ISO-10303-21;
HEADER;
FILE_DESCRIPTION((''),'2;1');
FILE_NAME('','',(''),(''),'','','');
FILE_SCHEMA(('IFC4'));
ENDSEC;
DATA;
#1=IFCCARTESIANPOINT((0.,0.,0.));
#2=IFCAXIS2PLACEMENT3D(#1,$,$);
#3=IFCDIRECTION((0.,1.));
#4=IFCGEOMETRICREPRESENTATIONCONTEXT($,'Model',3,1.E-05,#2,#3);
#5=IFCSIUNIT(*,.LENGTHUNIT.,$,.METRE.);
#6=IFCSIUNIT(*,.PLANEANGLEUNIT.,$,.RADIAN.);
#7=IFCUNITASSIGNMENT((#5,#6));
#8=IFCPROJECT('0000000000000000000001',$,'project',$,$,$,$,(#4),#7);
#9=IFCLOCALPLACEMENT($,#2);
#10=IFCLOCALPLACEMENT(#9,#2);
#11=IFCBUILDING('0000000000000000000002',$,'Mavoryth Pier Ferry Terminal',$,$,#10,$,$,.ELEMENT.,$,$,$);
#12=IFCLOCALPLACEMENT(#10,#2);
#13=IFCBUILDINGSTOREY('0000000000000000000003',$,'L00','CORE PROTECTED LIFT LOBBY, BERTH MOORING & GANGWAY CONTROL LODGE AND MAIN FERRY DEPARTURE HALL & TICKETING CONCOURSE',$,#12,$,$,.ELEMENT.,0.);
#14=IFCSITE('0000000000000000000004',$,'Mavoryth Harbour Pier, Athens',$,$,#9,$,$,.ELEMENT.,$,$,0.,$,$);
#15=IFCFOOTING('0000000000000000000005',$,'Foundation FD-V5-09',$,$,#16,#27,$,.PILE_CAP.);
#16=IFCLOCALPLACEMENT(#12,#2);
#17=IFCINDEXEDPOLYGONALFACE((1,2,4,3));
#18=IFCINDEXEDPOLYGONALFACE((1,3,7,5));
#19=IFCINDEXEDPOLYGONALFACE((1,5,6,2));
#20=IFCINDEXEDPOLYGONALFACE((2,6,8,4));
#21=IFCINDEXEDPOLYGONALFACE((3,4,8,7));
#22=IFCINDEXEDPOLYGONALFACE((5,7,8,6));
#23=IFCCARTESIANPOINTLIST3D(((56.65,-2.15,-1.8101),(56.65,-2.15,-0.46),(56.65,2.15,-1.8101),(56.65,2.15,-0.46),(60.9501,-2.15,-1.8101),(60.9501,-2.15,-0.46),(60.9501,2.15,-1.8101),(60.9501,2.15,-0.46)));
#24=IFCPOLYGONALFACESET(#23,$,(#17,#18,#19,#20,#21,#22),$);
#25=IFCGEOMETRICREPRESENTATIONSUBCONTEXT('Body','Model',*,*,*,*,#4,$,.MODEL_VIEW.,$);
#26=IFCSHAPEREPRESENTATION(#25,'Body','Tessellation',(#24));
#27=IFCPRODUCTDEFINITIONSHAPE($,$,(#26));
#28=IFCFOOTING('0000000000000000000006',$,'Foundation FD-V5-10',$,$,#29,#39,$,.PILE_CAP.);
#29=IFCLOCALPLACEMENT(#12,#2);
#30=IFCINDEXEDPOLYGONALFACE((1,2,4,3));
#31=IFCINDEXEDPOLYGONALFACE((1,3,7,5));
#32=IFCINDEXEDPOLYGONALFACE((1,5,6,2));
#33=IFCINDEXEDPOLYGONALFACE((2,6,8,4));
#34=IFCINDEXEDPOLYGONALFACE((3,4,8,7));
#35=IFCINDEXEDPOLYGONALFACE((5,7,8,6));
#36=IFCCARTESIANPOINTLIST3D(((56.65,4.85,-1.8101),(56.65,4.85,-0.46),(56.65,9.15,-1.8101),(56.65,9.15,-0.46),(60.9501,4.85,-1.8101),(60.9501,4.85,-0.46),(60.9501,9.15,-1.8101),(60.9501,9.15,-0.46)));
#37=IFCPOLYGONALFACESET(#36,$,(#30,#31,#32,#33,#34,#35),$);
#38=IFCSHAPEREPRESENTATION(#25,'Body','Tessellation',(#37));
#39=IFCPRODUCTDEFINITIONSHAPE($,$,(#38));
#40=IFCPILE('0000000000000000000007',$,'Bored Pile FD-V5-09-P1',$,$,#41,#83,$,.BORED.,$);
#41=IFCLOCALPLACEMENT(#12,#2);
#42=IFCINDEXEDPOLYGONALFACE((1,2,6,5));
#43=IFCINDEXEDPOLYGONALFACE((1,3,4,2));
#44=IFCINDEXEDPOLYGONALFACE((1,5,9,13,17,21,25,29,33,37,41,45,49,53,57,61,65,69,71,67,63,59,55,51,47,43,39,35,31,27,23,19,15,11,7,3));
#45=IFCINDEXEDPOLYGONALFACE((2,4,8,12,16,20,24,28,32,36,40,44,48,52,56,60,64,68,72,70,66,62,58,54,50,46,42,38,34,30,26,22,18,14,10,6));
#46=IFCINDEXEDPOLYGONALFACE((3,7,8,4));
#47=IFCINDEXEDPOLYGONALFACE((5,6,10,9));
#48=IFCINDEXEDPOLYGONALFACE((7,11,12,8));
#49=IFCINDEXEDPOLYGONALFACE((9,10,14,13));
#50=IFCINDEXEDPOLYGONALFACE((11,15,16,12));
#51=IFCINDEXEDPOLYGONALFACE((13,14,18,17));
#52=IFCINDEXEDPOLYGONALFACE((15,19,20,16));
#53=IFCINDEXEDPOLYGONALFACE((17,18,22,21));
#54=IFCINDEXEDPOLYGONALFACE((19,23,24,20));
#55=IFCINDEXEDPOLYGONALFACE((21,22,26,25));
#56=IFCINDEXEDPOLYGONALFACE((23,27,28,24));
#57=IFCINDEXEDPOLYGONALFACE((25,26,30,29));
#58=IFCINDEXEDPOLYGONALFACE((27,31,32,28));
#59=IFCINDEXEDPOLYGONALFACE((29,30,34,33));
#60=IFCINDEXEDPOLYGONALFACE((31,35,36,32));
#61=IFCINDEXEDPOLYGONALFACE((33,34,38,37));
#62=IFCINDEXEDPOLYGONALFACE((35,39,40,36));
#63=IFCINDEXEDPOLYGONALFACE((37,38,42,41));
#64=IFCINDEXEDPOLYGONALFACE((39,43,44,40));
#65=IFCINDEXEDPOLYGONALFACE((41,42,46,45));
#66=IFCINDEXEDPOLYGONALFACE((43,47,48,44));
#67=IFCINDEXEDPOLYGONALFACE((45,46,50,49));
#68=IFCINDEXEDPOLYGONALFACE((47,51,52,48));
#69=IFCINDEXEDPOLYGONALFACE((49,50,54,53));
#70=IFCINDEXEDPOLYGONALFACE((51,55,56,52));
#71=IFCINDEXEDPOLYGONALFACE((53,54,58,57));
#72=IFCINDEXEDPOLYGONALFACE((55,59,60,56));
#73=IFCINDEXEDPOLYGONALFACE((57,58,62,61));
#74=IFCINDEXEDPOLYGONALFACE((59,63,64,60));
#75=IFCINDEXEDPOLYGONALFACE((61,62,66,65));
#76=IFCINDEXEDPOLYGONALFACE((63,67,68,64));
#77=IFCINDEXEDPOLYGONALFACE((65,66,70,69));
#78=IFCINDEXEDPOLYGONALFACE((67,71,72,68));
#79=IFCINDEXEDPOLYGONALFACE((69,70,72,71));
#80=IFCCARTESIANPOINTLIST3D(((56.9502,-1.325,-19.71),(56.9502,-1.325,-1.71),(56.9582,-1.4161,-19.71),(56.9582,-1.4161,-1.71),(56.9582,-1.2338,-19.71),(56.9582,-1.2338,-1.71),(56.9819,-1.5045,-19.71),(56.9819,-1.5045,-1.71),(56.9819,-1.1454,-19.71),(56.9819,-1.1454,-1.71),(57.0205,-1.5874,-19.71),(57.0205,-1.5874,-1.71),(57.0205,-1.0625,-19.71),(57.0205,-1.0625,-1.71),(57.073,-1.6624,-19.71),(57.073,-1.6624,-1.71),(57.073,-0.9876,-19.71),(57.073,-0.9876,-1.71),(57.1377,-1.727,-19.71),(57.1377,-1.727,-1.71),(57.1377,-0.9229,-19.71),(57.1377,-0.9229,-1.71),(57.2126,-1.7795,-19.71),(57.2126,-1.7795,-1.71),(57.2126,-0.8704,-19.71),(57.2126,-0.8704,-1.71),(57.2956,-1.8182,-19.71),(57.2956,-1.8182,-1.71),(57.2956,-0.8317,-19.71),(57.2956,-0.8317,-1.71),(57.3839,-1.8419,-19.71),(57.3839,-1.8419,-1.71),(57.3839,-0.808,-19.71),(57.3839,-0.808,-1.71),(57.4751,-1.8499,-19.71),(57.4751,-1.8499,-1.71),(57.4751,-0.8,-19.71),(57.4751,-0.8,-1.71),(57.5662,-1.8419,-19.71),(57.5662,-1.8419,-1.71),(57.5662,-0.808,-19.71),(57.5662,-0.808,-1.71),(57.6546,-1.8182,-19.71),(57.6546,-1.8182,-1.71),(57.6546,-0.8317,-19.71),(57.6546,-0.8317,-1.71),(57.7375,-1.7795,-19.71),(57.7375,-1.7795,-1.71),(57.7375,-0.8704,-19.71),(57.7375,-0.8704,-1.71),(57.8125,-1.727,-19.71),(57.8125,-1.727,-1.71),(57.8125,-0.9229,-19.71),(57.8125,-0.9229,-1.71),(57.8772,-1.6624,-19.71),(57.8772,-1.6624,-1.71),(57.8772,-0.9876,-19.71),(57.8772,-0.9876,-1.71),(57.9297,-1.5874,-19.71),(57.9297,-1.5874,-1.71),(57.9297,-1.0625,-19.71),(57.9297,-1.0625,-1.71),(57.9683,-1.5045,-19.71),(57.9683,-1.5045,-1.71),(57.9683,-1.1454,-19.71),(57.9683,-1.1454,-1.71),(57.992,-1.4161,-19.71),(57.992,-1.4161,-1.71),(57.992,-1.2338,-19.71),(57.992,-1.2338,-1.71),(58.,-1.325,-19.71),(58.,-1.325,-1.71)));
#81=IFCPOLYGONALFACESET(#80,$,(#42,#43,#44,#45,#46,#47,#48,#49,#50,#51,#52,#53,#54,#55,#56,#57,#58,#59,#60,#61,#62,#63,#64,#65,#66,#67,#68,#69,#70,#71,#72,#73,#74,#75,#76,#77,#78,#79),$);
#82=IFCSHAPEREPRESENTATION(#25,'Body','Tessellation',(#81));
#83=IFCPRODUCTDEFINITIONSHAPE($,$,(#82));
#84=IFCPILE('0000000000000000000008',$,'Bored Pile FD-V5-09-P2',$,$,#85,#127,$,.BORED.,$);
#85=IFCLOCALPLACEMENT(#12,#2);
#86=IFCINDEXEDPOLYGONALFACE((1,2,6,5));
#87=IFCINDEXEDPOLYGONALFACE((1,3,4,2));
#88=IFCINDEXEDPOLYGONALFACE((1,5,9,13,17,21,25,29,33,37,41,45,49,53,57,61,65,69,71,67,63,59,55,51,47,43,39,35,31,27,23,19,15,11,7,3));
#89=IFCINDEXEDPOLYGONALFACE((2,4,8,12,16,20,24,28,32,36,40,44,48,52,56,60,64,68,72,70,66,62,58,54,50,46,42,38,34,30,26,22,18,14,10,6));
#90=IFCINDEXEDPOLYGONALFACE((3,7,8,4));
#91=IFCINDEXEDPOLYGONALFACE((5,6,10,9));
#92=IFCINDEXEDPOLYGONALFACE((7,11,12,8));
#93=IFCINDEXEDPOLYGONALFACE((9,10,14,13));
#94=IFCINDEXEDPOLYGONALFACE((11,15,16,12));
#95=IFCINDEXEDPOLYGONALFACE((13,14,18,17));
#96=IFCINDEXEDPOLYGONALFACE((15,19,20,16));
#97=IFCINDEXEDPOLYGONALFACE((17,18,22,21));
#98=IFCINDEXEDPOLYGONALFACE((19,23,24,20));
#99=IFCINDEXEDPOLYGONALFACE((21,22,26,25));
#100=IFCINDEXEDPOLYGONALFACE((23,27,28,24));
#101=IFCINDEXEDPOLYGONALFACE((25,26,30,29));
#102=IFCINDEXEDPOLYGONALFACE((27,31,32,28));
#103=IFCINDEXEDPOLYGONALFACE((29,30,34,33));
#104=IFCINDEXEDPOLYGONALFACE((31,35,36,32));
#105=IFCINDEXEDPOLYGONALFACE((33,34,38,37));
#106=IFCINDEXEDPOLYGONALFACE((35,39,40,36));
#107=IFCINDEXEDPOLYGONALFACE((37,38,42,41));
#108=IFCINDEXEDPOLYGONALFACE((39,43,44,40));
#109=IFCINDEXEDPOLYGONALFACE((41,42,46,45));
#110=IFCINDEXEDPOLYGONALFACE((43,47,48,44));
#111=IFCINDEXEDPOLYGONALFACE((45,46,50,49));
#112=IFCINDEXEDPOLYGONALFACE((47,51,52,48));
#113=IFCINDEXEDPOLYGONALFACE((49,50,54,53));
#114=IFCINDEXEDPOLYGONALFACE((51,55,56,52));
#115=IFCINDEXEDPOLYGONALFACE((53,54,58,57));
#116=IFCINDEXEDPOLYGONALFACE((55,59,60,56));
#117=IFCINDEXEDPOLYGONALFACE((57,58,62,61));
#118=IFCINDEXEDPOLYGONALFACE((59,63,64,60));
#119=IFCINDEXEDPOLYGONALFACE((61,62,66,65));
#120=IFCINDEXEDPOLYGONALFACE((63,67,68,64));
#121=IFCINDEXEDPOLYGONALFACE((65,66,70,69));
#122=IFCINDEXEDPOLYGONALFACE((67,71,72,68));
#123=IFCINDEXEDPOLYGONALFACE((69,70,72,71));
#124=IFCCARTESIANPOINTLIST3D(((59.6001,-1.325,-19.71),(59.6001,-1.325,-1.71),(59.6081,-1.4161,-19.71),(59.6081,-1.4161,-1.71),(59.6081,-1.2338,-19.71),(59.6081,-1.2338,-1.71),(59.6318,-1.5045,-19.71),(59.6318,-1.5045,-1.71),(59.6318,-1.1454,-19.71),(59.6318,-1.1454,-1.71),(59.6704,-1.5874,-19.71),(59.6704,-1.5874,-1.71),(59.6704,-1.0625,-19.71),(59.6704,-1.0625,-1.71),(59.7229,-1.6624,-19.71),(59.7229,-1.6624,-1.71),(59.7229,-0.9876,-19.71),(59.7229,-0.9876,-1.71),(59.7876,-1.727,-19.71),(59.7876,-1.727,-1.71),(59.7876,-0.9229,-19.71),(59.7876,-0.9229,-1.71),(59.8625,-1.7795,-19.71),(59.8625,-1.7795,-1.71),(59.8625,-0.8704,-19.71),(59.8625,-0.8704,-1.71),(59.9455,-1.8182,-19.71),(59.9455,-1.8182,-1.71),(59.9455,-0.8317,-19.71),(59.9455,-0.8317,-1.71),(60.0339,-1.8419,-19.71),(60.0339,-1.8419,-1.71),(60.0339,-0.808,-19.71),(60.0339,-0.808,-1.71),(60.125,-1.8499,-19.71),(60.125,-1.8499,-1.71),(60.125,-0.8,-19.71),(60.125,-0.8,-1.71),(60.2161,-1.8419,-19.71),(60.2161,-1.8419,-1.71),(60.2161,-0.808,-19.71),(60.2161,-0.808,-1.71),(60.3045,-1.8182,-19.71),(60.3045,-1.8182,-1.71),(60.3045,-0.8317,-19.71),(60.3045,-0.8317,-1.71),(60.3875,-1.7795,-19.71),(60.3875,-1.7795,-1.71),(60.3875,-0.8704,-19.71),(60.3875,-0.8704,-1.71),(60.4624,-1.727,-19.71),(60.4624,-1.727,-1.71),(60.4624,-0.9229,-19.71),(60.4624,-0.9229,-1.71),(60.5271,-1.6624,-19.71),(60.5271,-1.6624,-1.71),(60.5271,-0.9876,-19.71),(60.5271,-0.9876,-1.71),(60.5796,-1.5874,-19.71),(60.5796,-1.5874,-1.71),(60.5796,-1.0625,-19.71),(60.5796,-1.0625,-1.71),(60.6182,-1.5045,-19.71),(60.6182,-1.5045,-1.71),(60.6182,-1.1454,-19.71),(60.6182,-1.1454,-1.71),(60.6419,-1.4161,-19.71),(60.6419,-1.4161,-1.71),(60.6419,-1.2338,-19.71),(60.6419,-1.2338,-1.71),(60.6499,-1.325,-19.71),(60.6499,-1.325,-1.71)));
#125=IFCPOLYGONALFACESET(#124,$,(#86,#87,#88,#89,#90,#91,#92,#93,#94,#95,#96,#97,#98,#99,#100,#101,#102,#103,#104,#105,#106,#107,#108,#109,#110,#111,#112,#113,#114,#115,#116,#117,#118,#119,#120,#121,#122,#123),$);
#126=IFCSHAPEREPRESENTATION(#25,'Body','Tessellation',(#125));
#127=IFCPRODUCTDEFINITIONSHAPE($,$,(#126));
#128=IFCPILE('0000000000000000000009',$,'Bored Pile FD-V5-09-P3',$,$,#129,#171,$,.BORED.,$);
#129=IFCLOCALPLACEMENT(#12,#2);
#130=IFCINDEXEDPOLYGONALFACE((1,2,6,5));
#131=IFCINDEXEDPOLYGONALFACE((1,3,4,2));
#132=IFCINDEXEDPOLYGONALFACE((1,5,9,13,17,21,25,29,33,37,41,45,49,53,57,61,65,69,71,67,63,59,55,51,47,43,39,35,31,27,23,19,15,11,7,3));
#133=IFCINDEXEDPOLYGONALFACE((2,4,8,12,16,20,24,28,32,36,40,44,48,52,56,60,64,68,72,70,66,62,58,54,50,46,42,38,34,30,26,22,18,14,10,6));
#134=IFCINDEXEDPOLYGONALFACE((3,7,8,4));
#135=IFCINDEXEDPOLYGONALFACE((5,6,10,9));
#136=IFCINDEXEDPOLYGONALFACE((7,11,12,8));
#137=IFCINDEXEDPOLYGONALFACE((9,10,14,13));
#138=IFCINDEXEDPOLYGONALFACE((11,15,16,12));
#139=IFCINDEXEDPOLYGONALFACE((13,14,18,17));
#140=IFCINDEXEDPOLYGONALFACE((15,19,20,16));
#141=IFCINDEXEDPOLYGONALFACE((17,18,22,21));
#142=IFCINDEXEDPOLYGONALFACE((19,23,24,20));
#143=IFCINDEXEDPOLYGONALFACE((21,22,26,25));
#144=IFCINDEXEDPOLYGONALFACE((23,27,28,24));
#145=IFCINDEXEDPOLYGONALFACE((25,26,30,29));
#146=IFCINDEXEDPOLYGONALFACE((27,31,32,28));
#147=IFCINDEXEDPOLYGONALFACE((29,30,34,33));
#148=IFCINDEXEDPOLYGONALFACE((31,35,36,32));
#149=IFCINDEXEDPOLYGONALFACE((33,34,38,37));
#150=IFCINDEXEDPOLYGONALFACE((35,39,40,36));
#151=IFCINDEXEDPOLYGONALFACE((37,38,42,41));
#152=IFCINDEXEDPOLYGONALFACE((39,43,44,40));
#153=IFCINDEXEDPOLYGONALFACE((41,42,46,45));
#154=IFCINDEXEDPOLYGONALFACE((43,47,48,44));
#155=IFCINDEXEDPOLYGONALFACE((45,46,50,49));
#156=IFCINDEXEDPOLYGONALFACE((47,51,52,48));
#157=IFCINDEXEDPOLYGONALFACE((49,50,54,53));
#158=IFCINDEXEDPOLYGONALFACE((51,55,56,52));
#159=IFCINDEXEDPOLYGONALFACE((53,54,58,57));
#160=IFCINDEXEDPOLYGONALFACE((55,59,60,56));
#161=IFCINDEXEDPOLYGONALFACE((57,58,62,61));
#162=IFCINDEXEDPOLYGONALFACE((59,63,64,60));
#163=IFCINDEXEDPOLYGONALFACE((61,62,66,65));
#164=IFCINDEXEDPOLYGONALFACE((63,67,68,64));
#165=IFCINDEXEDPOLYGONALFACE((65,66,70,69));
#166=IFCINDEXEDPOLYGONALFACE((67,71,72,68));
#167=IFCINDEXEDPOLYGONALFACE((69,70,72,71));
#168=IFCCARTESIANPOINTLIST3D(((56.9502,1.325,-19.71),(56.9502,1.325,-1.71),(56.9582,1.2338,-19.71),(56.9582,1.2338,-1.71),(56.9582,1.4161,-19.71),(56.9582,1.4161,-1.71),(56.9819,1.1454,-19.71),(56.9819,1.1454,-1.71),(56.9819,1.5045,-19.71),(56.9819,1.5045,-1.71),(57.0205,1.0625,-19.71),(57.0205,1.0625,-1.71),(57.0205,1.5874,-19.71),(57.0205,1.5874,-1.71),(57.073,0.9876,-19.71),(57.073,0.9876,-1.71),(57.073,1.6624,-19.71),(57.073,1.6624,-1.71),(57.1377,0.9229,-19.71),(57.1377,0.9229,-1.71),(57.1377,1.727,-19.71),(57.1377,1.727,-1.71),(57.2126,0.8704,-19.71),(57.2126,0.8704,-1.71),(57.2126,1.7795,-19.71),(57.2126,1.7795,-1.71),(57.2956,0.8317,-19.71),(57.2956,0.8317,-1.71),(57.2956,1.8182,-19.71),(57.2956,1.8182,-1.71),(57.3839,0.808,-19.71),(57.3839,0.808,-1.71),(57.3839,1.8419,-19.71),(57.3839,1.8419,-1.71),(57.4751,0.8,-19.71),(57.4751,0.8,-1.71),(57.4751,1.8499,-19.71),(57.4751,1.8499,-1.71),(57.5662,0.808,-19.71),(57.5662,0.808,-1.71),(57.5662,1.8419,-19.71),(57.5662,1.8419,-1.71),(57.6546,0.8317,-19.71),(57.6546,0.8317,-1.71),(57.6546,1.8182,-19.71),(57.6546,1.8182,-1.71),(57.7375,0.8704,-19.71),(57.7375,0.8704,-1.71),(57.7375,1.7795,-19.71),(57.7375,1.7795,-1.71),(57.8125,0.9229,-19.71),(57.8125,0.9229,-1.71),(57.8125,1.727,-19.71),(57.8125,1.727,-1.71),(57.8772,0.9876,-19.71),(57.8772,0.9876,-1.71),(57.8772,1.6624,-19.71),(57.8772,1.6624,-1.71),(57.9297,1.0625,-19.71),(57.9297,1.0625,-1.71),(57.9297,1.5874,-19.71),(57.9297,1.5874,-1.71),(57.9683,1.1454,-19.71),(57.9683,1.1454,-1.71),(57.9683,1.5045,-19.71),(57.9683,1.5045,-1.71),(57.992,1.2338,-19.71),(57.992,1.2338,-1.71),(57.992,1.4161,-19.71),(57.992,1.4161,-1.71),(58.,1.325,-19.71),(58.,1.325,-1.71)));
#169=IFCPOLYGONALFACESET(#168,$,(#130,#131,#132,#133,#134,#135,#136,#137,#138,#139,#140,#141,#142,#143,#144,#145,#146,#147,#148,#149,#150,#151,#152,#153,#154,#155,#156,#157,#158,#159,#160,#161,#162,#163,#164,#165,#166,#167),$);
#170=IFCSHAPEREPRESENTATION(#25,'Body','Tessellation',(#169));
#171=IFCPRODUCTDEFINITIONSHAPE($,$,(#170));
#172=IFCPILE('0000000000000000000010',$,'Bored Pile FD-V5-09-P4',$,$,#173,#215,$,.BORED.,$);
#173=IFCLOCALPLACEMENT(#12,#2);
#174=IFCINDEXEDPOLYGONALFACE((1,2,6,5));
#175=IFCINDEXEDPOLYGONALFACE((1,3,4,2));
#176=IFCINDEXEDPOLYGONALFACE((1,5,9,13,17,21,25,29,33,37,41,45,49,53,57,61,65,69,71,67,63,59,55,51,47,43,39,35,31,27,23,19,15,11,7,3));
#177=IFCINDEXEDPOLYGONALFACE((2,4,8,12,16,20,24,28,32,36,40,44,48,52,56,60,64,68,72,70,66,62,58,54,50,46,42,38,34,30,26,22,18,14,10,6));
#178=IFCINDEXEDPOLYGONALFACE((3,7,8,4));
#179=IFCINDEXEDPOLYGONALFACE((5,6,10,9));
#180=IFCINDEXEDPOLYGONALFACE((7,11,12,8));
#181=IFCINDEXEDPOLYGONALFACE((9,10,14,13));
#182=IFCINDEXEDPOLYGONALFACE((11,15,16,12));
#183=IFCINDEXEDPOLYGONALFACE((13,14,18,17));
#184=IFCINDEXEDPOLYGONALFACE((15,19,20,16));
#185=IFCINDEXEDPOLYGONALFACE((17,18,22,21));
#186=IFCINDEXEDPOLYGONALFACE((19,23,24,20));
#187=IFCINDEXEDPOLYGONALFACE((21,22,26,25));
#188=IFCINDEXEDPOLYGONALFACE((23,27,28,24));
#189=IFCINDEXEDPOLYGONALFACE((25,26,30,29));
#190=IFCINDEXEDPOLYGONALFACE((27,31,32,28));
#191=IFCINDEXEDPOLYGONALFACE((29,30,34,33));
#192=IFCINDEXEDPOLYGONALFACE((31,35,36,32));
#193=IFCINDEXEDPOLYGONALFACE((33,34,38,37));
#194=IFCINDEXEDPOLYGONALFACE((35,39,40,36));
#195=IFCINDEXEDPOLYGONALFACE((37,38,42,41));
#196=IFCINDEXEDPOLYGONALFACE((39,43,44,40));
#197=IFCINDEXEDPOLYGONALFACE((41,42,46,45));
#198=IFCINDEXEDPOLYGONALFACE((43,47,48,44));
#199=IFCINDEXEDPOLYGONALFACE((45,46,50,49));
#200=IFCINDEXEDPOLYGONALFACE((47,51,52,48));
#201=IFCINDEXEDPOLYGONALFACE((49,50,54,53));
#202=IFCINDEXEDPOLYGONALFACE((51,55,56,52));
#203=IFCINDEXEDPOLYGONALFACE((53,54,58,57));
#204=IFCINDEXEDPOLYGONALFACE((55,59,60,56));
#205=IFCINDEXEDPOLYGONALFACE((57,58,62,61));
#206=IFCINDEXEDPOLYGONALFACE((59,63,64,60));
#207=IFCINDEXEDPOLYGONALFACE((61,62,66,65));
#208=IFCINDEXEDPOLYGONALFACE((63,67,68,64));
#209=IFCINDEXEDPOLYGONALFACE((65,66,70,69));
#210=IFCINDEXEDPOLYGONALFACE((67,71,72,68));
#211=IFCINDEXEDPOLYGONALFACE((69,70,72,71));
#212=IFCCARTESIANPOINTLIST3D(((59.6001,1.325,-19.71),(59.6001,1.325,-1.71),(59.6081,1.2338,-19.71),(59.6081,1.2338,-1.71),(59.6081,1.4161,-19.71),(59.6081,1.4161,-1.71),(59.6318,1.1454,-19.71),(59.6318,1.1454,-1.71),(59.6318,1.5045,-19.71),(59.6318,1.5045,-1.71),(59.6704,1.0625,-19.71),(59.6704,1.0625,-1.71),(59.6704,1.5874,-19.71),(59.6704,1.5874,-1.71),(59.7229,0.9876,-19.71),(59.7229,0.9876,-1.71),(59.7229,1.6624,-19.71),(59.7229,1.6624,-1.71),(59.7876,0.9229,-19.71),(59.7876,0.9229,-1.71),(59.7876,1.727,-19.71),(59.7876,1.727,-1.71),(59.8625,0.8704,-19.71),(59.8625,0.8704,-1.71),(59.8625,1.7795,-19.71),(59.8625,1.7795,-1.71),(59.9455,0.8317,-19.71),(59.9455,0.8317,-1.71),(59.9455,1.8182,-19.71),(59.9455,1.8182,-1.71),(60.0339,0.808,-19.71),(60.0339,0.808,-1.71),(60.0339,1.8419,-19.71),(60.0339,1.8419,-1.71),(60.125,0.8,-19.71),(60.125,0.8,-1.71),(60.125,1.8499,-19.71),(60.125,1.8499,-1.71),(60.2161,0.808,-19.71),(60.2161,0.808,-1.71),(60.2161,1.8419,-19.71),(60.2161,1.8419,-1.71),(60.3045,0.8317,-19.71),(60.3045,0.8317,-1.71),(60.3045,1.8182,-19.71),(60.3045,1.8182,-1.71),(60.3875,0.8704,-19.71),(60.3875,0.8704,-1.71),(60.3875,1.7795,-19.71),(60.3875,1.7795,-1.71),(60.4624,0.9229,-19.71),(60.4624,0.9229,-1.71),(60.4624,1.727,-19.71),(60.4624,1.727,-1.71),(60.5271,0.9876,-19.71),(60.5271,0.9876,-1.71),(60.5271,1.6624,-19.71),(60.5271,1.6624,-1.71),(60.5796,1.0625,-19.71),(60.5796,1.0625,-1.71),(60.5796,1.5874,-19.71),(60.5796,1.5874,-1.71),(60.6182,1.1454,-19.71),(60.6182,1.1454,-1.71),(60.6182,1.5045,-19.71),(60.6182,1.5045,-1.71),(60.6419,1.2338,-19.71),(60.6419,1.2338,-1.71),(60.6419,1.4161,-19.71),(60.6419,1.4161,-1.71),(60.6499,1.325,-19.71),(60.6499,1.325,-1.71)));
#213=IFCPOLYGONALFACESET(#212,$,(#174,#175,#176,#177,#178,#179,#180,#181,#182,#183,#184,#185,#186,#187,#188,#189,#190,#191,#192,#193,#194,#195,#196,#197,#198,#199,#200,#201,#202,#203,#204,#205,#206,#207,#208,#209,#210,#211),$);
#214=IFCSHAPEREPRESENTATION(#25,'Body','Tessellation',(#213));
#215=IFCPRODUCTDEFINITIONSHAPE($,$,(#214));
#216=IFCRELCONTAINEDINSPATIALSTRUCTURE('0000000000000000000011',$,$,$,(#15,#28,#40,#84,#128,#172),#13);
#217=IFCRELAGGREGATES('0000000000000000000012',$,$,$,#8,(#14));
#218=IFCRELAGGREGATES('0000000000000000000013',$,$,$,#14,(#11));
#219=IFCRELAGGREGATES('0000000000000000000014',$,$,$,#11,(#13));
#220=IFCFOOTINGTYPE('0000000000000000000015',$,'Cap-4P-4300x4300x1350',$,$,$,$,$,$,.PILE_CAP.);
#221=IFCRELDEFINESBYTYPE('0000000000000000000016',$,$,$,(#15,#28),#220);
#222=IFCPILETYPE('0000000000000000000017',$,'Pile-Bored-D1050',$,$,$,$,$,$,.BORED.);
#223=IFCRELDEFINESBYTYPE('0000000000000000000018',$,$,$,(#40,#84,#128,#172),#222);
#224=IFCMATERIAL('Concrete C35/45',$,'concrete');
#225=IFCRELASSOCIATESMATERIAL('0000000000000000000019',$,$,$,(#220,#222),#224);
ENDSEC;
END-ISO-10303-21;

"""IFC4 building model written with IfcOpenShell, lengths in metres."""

from ifc_helpers import new_model, si_unit, direction, frame, origin, origin_2d, place, context, subcontext, project, spatial, rectangle, circle, extrude, material, material_profile, profile_set, type_object, element, save


model = new_model("IFC4")

# Units and contexts
model_context = context("Model", 3, precision=1e-05, world=origin(), true_north=direction((0.0, 1.0)))
body_context = subcontext(model_context, "Body", "Model", "MODEL_VIEW")
ifc_project = project(units=[si_unit("LENGTHUNIT", "METRE"), si_unit("PLANEANGLEUNIT", "RADIAN")], contexts=[model_context])

# Site, building, storey
site_placement = place(None, origin())
site = spatial("IfcSite", under=ifc_project, at=site_placement, Name="Mavoryth Harbour Pier, Athens", CompositionType="ELEMENT", RefElevation=0.0)
building_placement = place(site_placement, origin())
building = spatial("IfcBuilding", under=site, at=building_placement, Name="Mavoryth Pier Ferry Terminal", CompositionType="ELEMENT")
storey_placement = place(building_placement, origin())
storey = spatial("IfcBuildingStorey", under=building, at=storey_placement, Name="L00", Description="CORE PROTECTED LIFT LOBBY, BERTH MOORING & GANGWAY CONTROL LODGE AND MAIN FERRY DEPARTURE HALL & TICKETING CONCOURSE", CompositionType="ELEMENT", Elevation=0.0)

# Footings
ifc_material_1 = material(Name="Concrete C35/45", Category="concrete")
footing_type_1 = type_object("IfcFootingType", Name="Cap-4P-4300x4300x1350", PredefinedType="PILE_CAP", material=ifc_material_1)
for number, where, z_axis, x_axis, name in (
    (1, (58.8, 0.0, -1.8101), (0.0, 0.0, 1.0), (1.0, 0.0, 0.0), "Foundation FD-V5-09"),
    (2, (58.8, 7.0, -1.8101), (0.0, 0.0, 1.0), (1.0, 0.0, 0.0), "Foundation FD-V5-10"),
):
    element("IfcFooting", number, at=place(storey_placement, frame(where, z_axis=z_axis, x_axis=x_axis)), inside=storey, type_object=footing_type_1, Name=name, PredefinedType="PILE_CAP", context=body_context, shape_type="SweptSolid", body=[
        extrude(rectangle(XDim=4.3, YDim=4.3, at=origin_2d()), origin(), (0.0, 0.0, 1.0), 1.3501),
    ])

# Piles
ifc_material_profile_1 = material_profile(ifc_material_1, circle(Radius=0.5249, at=origin_2d()), Name="PILE D1050", Category="concrete")
ifc_profile_set_1 = profile_set([ifc_material_profile_1], Name="Concrete C35/45 - PILE D1050")
pile_type = type_object("IfcPileType", Name="Pile-Bored-D1050", PredefinedType="BORED", material=ifc_profile_set_1)
for number, where, z_axis, x_axis, name in (
    (3, (57.4751, -1.325, -1.71), (0.0, 0.0, -1.0), (1.0, 0.0, 0.0), "Bored Pile FD-V5-09-P1"),
    (4, (60.125, -1.325, -1.71), (0.0, 0.0, -1.0), (1.0, 0.0, 0.0), "Bored Pile FD-V5-09-P2"),
    (5, (57.4751, 1.325, -1.71), (0.0, 0.0, -1.0), (1.0, 0.0, 0.0), "Bored Pile FD-V5-09-P3"),
    (6, (60.125, 1.325, -1.71), (0.0, 0.0, -1.0), (1.0, 0.0, 0.0), "Bored Pile FD-V5-09-P4"),
):
    element("IfcPile", number, at=place(storey_placement, frame(where, z_axis=z_axis, x_axis=x_axis)), inside=storey, type_object=pile_type, Name=name, PredefinedType="BORED", context=body_context, shape_type="SweptSolid", body=[
        extrude(circle(Radius=0.5249, at=origin_2d()), origin(), (0.0, 0.0, 1.0), 18.0),
    ])

save(model, "model.ifc")
